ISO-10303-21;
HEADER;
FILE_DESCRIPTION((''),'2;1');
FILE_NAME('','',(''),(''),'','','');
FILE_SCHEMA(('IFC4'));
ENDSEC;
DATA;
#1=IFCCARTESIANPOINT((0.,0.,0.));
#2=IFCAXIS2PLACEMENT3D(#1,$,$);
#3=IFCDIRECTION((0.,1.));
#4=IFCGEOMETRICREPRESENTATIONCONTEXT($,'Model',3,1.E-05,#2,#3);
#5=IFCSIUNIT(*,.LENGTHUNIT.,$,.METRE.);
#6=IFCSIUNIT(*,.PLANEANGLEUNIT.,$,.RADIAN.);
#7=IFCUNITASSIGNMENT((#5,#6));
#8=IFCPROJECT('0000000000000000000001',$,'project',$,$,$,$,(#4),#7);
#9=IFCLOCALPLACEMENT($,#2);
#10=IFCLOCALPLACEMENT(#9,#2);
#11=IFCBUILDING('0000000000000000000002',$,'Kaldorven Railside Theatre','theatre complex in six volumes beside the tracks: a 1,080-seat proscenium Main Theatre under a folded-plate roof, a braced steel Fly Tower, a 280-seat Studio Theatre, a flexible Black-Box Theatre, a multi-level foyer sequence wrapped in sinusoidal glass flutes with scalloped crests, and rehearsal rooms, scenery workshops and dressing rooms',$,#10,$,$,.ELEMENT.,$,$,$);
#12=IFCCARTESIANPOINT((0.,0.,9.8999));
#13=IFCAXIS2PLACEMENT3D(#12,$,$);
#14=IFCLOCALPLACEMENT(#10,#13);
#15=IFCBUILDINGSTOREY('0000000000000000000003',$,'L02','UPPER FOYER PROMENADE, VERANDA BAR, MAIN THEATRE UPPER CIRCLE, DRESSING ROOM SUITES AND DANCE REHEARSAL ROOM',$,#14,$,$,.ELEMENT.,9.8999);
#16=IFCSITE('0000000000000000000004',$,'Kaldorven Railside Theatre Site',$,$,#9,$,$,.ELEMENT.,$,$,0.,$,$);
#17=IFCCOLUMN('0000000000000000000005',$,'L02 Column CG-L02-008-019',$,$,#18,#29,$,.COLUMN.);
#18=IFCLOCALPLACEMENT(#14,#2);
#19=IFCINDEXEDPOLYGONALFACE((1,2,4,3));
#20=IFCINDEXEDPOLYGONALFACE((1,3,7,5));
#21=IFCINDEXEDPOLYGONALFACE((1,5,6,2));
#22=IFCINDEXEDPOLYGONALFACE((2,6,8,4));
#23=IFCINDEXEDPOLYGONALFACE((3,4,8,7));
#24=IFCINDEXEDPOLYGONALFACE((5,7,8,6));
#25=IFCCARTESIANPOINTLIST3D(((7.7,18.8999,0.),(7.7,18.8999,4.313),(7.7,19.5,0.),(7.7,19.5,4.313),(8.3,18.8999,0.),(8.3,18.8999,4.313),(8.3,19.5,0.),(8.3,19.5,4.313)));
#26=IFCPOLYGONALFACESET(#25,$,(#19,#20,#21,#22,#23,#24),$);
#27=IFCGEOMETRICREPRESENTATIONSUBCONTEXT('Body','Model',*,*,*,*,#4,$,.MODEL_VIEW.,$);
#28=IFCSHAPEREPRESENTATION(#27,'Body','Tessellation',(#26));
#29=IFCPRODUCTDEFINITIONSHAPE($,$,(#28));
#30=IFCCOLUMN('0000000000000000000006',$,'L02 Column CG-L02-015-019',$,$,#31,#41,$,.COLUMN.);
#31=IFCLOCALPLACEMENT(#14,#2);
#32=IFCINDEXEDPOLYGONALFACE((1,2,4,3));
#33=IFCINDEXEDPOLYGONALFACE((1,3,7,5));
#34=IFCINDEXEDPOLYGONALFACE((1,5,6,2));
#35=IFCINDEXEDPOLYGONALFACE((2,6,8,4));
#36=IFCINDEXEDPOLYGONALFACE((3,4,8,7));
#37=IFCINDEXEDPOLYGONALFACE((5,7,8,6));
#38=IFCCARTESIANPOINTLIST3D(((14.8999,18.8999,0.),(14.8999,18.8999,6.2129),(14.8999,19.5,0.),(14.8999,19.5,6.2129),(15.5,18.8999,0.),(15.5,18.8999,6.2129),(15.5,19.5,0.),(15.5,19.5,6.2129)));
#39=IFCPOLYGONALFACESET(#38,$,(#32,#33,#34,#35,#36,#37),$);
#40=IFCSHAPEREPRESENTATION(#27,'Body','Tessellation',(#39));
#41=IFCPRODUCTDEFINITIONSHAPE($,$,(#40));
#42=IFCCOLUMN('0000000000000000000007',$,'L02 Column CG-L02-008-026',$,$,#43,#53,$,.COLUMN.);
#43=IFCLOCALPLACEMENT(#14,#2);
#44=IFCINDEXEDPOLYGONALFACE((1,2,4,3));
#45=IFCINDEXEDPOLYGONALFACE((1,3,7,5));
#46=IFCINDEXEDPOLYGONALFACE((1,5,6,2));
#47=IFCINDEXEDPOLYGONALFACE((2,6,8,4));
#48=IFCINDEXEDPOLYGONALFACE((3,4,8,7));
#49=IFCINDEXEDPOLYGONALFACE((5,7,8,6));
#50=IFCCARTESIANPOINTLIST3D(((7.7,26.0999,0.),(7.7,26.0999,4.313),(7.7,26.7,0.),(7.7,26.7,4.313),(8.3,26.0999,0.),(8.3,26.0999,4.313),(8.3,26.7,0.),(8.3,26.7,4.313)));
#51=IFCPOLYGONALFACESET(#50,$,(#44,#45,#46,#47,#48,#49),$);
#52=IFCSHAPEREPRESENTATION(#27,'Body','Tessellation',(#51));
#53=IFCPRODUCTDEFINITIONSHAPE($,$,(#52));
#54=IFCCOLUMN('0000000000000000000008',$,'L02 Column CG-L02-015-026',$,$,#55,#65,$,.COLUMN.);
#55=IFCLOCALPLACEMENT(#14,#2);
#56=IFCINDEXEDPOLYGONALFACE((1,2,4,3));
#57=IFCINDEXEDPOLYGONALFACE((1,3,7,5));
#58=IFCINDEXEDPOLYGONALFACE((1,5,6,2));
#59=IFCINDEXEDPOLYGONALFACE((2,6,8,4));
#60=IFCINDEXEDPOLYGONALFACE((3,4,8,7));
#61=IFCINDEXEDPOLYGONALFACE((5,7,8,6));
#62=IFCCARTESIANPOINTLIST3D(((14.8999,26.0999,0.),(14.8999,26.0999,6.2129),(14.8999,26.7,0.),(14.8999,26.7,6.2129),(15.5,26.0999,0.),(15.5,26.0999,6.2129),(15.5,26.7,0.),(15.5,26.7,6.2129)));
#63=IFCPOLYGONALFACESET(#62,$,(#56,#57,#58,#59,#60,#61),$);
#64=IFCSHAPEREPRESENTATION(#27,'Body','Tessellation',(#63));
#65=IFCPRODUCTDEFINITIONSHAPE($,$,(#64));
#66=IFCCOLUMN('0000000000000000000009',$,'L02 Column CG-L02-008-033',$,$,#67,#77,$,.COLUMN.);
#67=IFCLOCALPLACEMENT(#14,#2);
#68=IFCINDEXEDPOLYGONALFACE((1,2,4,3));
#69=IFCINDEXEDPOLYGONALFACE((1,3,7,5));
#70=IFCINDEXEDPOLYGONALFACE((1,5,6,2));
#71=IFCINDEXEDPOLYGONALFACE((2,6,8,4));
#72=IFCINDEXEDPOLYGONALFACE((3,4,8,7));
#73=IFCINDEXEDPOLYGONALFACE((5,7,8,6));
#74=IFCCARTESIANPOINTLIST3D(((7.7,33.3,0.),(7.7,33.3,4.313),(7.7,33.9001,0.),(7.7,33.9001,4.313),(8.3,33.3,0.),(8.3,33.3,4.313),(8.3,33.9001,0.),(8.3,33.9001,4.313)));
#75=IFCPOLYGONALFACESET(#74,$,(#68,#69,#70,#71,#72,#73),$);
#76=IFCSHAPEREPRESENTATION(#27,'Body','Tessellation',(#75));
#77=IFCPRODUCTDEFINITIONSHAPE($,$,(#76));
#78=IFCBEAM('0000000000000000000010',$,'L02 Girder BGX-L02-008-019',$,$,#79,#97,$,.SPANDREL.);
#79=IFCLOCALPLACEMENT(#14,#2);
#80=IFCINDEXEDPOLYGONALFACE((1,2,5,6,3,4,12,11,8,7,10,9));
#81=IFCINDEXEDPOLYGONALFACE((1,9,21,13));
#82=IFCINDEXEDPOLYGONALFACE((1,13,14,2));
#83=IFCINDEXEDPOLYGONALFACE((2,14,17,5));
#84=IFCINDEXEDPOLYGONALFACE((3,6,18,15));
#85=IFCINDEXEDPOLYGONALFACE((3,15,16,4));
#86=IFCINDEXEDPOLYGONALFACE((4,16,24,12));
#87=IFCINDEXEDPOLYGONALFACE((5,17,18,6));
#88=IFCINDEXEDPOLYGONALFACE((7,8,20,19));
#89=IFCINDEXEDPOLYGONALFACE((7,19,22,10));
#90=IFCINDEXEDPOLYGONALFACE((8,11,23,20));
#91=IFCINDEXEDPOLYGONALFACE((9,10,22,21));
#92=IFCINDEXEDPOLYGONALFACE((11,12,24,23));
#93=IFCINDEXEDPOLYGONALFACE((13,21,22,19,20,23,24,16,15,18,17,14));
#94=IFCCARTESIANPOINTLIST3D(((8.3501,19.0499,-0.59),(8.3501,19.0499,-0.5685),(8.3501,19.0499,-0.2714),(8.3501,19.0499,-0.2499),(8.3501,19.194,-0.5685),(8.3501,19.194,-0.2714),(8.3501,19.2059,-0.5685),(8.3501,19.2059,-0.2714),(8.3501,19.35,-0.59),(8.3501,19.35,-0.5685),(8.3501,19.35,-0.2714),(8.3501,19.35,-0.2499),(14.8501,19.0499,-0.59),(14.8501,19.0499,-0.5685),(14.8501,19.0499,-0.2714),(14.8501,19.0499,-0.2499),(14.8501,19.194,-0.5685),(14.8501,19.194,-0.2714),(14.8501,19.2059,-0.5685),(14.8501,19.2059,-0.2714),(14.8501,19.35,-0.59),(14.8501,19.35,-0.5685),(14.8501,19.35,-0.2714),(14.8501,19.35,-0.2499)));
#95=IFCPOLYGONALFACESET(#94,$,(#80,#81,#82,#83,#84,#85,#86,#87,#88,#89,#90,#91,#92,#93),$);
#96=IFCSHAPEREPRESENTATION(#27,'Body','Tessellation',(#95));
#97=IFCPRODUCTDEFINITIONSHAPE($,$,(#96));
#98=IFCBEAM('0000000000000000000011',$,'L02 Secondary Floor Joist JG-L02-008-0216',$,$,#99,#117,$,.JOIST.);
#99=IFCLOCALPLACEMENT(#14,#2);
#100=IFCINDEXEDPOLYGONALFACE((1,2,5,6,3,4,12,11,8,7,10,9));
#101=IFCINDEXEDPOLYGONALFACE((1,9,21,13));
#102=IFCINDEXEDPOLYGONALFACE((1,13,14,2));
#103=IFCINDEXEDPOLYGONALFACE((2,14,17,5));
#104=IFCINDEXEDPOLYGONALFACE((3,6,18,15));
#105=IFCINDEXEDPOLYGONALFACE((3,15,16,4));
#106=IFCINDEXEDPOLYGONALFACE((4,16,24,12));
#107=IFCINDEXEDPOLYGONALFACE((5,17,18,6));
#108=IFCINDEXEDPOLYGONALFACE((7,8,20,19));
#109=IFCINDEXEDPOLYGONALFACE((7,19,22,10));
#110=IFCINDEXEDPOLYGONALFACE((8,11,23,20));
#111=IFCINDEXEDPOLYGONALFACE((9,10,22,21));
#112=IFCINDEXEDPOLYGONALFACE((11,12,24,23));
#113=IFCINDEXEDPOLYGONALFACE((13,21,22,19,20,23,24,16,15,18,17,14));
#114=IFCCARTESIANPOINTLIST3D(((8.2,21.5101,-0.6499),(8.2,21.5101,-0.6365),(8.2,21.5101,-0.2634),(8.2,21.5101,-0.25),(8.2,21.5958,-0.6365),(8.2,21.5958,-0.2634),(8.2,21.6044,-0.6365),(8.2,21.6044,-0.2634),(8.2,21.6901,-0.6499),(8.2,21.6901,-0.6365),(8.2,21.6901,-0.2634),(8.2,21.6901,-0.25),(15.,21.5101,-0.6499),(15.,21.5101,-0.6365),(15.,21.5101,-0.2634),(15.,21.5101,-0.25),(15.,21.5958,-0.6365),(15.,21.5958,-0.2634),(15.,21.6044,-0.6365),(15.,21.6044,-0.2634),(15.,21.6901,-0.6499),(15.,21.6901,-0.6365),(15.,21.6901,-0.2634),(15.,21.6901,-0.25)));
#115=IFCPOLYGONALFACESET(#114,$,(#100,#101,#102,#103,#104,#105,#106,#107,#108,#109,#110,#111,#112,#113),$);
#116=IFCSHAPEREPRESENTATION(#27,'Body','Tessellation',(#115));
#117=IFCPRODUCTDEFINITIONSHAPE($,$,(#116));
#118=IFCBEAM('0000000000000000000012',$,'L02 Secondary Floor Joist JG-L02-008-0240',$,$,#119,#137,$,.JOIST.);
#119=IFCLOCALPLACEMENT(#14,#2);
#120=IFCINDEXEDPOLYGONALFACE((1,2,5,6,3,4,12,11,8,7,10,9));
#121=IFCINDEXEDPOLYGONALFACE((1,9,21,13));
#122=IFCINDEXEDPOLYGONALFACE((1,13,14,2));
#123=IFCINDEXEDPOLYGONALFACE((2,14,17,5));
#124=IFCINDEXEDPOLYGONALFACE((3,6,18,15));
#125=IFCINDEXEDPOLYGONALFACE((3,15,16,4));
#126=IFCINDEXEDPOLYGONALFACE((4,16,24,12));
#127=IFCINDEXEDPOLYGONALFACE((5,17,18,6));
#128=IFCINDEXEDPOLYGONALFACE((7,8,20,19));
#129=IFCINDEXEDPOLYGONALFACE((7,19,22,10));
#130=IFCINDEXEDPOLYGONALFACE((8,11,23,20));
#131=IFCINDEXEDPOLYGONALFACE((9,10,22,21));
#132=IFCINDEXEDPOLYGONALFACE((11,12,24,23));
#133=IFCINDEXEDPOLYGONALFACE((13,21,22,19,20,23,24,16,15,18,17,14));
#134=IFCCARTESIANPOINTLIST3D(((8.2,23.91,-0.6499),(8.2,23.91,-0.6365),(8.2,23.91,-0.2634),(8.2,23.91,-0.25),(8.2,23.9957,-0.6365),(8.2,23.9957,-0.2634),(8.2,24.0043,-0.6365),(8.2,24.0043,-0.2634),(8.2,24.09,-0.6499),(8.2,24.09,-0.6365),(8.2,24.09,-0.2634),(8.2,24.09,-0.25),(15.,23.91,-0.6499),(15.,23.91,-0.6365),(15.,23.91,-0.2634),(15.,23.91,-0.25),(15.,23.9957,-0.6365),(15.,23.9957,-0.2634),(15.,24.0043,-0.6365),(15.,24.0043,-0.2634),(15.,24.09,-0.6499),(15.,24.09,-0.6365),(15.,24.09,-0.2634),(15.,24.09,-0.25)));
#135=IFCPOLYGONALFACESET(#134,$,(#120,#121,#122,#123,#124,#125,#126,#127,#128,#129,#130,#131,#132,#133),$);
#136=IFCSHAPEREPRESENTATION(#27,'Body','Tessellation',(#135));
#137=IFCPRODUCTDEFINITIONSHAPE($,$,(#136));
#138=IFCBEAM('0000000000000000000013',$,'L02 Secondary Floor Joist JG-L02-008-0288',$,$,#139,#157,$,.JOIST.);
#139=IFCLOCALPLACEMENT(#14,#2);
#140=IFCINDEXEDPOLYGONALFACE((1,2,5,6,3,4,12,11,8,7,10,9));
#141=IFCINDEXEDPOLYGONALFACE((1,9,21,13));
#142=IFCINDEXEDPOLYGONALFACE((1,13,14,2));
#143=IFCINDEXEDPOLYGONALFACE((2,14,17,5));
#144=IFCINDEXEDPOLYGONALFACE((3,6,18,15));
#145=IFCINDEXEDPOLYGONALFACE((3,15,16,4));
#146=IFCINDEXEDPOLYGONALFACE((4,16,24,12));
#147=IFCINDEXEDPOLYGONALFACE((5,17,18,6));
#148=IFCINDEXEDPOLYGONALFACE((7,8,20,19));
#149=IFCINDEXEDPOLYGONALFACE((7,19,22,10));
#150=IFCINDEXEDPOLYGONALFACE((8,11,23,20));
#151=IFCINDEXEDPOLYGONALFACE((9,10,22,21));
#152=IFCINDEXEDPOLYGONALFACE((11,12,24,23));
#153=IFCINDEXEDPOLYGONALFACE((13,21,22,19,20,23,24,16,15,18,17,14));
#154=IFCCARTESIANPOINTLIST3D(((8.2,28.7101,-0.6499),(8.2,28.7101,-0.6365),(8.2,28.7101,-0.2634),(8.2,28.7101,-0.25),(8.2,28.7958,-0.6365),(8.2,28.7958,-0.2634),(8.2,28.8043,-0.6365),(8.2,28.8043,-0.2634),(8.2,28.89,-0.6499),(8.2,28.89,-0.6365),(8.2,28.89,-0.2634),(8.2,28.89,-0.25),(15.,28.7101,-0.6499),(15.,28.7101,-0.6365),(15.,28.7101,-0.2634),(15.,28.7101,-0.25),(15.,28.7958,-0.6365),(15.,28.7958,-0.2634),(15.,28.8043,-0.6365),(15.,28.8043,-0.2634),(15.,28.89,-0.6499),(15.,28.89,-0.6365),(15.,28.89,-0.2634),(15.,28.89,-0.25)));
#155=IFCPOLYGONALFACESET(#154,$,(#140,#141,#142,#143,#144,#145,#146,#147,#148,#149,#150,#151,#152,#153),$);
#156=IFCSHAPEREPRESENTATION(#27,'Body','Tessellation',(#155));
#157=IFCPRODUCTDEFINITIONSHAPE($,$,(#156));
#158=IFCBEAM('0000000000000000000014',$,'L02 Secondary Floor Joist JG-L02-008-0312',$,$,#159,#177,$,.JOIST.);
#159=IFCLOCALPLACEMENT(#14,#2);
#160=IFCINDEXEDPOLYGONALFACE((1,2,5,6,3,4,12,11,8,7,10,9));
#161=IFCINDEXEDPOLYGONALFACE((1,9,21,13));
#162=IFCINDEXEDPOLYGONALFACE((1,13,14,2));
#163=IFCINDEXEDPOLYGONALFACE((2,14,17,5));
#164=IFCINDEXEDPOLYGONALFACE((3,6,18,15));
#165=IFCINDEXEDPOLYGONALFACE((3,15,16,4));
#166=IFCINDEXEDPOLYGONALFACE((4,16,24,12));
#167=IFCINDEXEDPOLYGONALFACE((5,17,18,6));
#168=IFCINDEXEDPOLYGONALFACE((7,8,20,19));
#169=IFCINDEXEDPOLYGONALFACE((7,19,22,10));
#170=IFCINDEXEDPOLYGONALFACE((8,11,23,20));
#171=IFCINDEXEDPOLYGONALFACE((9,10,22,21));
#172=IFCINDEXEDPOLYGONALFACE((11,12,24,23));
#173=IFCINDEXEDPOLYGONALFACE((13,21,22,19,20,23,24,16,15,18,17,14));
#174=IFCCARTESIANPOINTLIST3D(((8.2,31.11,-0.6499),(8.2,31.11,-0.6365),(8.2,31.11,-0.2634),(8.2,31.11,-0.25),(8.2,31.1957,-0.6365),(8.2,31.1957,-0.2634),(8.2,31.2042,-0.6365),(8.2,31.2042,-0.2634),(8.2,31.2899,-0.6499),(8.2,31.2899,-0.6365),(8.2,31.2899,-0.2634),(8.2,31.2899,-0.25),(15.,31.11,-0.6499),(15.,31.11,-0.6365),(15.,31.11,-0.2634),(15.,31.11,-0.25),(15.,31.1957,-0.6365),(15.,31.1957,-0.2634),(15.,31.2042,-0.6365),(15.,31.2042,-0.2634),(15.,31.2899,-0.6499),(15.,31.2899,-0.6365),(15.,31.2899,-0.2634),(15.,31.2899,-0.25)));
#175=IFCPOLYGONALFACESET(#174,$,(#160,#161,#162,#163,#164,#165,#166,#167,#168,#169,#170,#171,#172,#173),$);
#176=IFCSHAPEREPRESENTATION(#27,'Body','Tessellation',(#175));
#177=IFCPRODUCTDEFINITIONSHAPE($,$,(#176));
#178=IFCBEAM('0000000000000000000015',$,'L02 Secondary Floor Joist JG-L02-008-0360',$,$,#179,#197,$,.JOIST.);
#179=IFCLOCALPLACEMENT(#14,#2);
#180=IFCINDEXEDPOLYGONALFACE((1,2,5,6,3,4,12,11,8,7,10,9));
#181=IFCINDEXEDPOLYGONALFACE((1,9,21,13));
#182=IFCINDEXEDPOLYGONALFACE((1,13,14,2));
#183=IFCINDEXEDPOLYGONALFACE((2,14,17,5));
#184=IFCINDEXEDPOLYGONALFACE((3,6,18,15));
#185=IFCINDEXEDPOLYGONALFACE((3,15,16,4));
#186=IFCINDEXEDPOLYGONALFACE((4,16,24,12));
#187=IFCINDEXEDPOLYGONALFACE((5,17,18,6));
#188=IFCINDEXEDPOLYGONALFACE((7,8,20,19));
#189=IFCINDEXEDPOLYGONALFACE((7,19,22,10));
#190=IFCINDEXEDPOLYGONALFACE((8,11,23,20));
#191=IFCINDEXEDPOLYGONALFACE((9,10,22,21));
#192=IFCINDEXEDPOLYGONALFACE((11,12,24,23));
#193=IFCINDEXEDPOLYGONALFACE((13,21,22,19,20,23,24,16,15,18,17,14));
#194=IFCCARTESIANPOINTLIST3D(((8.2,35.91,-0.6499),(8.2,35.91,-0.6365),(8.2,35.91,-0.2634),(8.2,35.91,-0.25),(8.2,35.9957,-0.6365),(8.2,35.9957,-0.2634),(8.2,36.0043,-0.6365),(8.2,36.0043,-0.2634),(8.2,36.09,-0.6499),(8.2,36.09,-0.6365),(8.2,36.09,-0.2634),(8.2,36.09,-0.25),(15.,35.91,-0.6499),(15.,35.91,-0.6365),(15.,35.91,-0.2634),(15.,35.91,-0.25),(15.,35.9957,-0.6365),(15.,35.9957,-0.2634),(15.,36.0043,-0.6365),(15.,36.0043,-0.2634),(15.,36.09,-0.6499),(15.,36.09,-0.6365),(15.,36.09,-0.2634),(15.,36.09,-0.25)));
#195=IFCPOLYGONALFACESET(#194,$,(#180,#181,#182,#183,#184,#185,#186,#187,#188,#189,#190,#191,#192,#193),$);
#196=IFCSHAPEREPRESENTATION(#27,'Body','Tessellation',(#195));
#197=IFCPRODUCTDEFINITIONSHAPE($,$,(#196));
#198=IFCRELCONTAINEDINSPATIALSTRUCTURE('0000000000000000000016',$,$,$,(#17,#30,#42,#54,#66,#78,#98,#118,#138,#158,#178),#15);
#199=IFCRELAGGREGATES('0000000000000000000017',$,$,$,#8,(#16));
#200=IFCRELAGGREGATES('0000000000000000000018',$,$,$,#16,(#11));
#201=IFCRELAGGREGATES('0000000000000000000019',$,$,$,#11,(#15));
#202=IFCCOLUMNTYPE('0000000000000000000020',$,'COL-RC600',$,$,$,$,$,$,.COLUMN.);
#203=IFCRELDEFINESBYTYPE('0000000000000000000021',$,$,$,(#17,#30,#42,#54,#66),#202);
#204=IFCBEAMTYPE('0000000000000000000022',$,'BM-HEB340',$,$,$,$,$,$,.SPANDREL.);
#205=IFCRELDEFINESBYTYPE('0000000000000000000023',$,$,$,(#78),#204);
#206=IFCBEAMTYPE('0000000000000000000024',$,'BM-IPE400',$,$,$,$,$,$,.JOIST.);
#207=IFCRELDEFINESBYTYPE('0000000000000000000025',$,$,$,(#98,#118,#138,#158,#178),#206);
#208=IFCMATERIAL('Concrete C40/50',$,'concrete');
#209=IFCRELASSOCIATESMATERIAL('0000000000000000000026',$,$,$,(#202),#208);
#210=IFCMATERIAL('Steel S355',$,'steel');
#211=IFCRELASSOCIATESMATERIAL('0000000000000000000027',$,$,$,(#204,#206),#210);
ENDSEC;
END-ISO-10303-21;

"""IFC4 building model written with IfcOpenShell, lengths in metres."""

from ifc_helpers import new_model, si_unit, direction, frame, origin, origin_2d, place, context, subcontext, project, spatial, rectangle, i_section, extrude, material, material_profile, profile_set, type_object, element, save


model = new_model("IFC4")

# Units and contexts
model_context = context("Model", 3, precision=1e-05, world=origin(), true_north=direction((0.0, 1.0)))
body_context = subcontext(model_context, "Body", "Model", "MODEL_VIEW")
ifc_project = project(units=[si_unit("LENGTHUNIT", "METRE"), si_unit("PLANEANGLEUNIT", "RADIAN")], contexts=[model_context])

# Site, building, storey
site_placement = place(None, origin())
site = spatial("IfcSite", under=ifc_project, at=site_placement, Name="Kaldorven Railside Theatre Site", CompositionType="ELEMENT", RefElevation=0.0)
building_placement = place(site_placement, origin())
building = spatial("IfcBuilding", under=site, at=building_placement, Name="Kaldorven Railside Theatre", Description="theatre complex in six volumes beside the tracks: a 1,080-seat proscenium Main Theatre under a folded-plate roof, a braced steel Fly Tower, a 280-seat Studio Theatre, a flexible Black-Box Theatre, a multi-level foyer sequence wrapped in sinusoidal glass flutes with scalloped crests, and rehearsal rooms, scenery workshops and dressing rooms", CompositionType="ELEMENT")
storey_placement = place(building_placement, frame((0.0, 0.0, 9.8999)))
storey = spatial("IfcBuildingStorey", under=building, at=storey_placement, Name="L02", Description="UPPER FOYER PROMENADE, VERANDA BAR, MAIN THEATRE UPPER CIRCLE, DRESSING ROOM SUITES AND DANCE REHEARSAL ROOM", CompositionType="ELEMENT", Elevation=9.8999)

# Columns
ifc_material_1 = material(Name="Concrete C40/50", Category="concrete")
ifc_material_profile_1 = material_profile(ifc_material_1, rectangle(XDim=0.6001, YDim=0.6001, at=origin_2d()), Name="RC 600x600")
ifc_profile_set_1 = profile_set([ifc_material_profile_1], Name="Concrete C40/50")
column_type = type_object("IfcColumnType", Name="COL-RC600", PredefinedType="COLUMN", material=ifc_profile_set_1)
column_1_placement = place(storey_placement, frame((8.0, 19.2, 0.0), z_axis=(0.0, 0.0, 1.0), x_axis=(0.0, 1.0, 0.0)))
element("IfcColumn", 1, at=column_1_placement, inside=storey, type_object=column_type, Name="L02 Column CG-L02-008-019", PredefinedType="COLUMN", context=body_context, shape_type="SweptSolid", body=[
    extrude(rectangle(XDim=0.6001, YDim=0.6001, at=origin_2d()), origin(), (0.0, 0.0, 1.0), 4.313),
])
column_2_placement = place(storey_placement, frame((15.2, 19.2, 0.0), z_axis=(0.0, 0.0, 1.0), x_axis=(1.0, 0.0, 0.0)))
element("IfcColumn", 2, at=column_2_placement, inside=storey, type_object=column_type, Name="L02 Column CG-L02-015-019", PredefinedType="COLUMN", context=body_context, shape_type="SweptSolid", body=[
    extrude(rectangle(XDim=0.6001, YDim=0.6001, at=origin_2d()), origin(), (0.0, 0.0, 1.0), 6.2129),
])
column_3_placement = place(storey_placement, frame((8.0, 26.3999, 0.0), z_axis=(0.0, 0.0, 1.0), x_axis=(1.0, 0.0, 0.0)))
element("IfcColumn", 3, at=column_3_placement, inside=storey, type_object=column_type, Name="L02 Column CG-L02-008-026", PredefinedType="COLUMN", context=body_context, shape_type="SweptSolid", body=[
    extrude(rectangle(XDim=0.6001, YDim=0.6001, at=origin_2d()), origin(), (0.0, 0.0, 1.0), 4.313),
])
column_4_placement = place(storey_placement, frame((15.2, 26.3999, 0.0), z_axis=(0.0, 0.0, 1.0), x_axis=(0.0, 1.0, 0.0)))
element("IfcColumn", 4, at=column_4_placement, inside=storey, type_object=column_type, Name="L02 Column CG-L02-015-026", PredefinedType="COLUMN", context=body_context, shape_type="SweptSolid", body=[
    extrude(rectangle(XDim=0.6001, YDim=0.6001, at=origin_2d()), origin(), (0.0, 0.0, 1.0), 6.2129),
])
column_5_placement = place(storey_placement, frame((8.0, 33.6001, 0.0), z_axis=(0.0, 0.0, 1.0), x_axis=(0.0, 1.0, 0.0)))
element("IfcColumn", 5, at=column_5_placement, inside=storey, type_object=column_type, Name="L02 Column CG-L02-008-033", PredefinedType="COLUMN", context=body_context, shape_type="SweptSolid", body=[
    extrude(rectangle(XDim=0.6001, YDim=0.6001, at=origin_2d()), origin(), (0.0, 0.0, 1.0), 4.313),
])

# Beams
ifc_material_2 = material(Name="Steel S355", Category="steel")
ifc_material_profile_2 = material_profile(ifc_material_2, i_section(OverallWidth=0.3, OverallDepth=0.3401, WebThickness=0.012, FlangeThickness=0.0215, at=origin_2d()), Name="HEB 340")
ifc_profile_set_2 = profile_set([ifc_material_profile_2], Name="Steel S355")
beam_type_1 = type_object("IfcBeamType", Name="BM-HEB340", PredefinedType="SPANDREL", material=ifc_profile_set_2)
beam_placement = place(storey_placement, frame((8.3501, 19.2, -0.4199), z_axis=(1.0, 0.0, 0.0), x_axis=(0.0, 1.0, 0.0)))
element("IfcBeam", 6, at=beam_placement, inside=storey, type_object=beam_type_1, Name="L02 Girder BGX-L02-008-019", PredefinedType="SPANDREL", context=body_context, shape_type="SweptSolid", body=[
    extrude(i_section(OverallWidth=0.3, OverallDepth=0.3401, WebThickness=0.012, FlangeThickness=0.0215, at=origin_2d()), origin(), (0.0, 0.0, 1.0), 6.5),
])
ifc_material_profile_3 = material_profile(ifc_material_2, i_section(OverallWidth=0.1799, OverallDepth=0.3999, WebThickness=0.0085, FlangeThickness=0.0134, at=origin_2d()), Name="IPE 400")
ifc_profile_set_3 = profile_set([ifc_material_profile_3], Name="Steel S355")
beam_type_2 = type_object("IfcBeamType", Name="BM-IPE400", PredefinedType="JOIST", material=ifc_profile_set_3)
for number, where, z_axis, x_axis, name in (
    (7, (8.2, 21.6001, -0.45), (1.0, 0.0, 0.0), (0.0, 1.0, 0.0), "L02 Secondary Floor Joist JG-L02-008-0216"),
    (8, (8.2, 24.0, -0.45), (1.0, 0.0, 0.0), (0.0, 1.0, 0.0), "L02 Secondary Floor Joist JG-L02-008-0240"),
    (9, (8.2, 28.8, -0.45), (1.0, 0.0, 0.0), (0.0, 1.0, 0.0), "L02 Secondary Floor Joist JG-L02-008-0288"),
    (10, (8.2, 31.2, -0.45), (1.0, 0.0, 0.0), (0.0, 1.0, 0.0), "L02 Secondary Floor Joist JG-L02-008-0312"),
    (11, (8.2, 36.0, -0.45), (1.0, 0.0, 0.0), (0.0, 1.0, 0.0), "L02 Secondary Floor Joist JG-L02-008-0360"),
):
    element("IfcBeam", number, at=place(storey_placement, frame(where, z_axis=z_axis, x_axis=x_axis)), inside=storey, type_object=beam_type_2, Name=name, PredefinedType="JOIST", context=body_context, shape_type="SweptSolid", body=[
        extrude(i_section(OverallWidth=0.1799, OverallDepth=0.3999, WebThickness=0.0085, FlangeThickness=0.0134, at=origin_2d()), origin(), (0.0, 0.0, 1.0), 6.8),
    ])

save(model, "model.ifc")
